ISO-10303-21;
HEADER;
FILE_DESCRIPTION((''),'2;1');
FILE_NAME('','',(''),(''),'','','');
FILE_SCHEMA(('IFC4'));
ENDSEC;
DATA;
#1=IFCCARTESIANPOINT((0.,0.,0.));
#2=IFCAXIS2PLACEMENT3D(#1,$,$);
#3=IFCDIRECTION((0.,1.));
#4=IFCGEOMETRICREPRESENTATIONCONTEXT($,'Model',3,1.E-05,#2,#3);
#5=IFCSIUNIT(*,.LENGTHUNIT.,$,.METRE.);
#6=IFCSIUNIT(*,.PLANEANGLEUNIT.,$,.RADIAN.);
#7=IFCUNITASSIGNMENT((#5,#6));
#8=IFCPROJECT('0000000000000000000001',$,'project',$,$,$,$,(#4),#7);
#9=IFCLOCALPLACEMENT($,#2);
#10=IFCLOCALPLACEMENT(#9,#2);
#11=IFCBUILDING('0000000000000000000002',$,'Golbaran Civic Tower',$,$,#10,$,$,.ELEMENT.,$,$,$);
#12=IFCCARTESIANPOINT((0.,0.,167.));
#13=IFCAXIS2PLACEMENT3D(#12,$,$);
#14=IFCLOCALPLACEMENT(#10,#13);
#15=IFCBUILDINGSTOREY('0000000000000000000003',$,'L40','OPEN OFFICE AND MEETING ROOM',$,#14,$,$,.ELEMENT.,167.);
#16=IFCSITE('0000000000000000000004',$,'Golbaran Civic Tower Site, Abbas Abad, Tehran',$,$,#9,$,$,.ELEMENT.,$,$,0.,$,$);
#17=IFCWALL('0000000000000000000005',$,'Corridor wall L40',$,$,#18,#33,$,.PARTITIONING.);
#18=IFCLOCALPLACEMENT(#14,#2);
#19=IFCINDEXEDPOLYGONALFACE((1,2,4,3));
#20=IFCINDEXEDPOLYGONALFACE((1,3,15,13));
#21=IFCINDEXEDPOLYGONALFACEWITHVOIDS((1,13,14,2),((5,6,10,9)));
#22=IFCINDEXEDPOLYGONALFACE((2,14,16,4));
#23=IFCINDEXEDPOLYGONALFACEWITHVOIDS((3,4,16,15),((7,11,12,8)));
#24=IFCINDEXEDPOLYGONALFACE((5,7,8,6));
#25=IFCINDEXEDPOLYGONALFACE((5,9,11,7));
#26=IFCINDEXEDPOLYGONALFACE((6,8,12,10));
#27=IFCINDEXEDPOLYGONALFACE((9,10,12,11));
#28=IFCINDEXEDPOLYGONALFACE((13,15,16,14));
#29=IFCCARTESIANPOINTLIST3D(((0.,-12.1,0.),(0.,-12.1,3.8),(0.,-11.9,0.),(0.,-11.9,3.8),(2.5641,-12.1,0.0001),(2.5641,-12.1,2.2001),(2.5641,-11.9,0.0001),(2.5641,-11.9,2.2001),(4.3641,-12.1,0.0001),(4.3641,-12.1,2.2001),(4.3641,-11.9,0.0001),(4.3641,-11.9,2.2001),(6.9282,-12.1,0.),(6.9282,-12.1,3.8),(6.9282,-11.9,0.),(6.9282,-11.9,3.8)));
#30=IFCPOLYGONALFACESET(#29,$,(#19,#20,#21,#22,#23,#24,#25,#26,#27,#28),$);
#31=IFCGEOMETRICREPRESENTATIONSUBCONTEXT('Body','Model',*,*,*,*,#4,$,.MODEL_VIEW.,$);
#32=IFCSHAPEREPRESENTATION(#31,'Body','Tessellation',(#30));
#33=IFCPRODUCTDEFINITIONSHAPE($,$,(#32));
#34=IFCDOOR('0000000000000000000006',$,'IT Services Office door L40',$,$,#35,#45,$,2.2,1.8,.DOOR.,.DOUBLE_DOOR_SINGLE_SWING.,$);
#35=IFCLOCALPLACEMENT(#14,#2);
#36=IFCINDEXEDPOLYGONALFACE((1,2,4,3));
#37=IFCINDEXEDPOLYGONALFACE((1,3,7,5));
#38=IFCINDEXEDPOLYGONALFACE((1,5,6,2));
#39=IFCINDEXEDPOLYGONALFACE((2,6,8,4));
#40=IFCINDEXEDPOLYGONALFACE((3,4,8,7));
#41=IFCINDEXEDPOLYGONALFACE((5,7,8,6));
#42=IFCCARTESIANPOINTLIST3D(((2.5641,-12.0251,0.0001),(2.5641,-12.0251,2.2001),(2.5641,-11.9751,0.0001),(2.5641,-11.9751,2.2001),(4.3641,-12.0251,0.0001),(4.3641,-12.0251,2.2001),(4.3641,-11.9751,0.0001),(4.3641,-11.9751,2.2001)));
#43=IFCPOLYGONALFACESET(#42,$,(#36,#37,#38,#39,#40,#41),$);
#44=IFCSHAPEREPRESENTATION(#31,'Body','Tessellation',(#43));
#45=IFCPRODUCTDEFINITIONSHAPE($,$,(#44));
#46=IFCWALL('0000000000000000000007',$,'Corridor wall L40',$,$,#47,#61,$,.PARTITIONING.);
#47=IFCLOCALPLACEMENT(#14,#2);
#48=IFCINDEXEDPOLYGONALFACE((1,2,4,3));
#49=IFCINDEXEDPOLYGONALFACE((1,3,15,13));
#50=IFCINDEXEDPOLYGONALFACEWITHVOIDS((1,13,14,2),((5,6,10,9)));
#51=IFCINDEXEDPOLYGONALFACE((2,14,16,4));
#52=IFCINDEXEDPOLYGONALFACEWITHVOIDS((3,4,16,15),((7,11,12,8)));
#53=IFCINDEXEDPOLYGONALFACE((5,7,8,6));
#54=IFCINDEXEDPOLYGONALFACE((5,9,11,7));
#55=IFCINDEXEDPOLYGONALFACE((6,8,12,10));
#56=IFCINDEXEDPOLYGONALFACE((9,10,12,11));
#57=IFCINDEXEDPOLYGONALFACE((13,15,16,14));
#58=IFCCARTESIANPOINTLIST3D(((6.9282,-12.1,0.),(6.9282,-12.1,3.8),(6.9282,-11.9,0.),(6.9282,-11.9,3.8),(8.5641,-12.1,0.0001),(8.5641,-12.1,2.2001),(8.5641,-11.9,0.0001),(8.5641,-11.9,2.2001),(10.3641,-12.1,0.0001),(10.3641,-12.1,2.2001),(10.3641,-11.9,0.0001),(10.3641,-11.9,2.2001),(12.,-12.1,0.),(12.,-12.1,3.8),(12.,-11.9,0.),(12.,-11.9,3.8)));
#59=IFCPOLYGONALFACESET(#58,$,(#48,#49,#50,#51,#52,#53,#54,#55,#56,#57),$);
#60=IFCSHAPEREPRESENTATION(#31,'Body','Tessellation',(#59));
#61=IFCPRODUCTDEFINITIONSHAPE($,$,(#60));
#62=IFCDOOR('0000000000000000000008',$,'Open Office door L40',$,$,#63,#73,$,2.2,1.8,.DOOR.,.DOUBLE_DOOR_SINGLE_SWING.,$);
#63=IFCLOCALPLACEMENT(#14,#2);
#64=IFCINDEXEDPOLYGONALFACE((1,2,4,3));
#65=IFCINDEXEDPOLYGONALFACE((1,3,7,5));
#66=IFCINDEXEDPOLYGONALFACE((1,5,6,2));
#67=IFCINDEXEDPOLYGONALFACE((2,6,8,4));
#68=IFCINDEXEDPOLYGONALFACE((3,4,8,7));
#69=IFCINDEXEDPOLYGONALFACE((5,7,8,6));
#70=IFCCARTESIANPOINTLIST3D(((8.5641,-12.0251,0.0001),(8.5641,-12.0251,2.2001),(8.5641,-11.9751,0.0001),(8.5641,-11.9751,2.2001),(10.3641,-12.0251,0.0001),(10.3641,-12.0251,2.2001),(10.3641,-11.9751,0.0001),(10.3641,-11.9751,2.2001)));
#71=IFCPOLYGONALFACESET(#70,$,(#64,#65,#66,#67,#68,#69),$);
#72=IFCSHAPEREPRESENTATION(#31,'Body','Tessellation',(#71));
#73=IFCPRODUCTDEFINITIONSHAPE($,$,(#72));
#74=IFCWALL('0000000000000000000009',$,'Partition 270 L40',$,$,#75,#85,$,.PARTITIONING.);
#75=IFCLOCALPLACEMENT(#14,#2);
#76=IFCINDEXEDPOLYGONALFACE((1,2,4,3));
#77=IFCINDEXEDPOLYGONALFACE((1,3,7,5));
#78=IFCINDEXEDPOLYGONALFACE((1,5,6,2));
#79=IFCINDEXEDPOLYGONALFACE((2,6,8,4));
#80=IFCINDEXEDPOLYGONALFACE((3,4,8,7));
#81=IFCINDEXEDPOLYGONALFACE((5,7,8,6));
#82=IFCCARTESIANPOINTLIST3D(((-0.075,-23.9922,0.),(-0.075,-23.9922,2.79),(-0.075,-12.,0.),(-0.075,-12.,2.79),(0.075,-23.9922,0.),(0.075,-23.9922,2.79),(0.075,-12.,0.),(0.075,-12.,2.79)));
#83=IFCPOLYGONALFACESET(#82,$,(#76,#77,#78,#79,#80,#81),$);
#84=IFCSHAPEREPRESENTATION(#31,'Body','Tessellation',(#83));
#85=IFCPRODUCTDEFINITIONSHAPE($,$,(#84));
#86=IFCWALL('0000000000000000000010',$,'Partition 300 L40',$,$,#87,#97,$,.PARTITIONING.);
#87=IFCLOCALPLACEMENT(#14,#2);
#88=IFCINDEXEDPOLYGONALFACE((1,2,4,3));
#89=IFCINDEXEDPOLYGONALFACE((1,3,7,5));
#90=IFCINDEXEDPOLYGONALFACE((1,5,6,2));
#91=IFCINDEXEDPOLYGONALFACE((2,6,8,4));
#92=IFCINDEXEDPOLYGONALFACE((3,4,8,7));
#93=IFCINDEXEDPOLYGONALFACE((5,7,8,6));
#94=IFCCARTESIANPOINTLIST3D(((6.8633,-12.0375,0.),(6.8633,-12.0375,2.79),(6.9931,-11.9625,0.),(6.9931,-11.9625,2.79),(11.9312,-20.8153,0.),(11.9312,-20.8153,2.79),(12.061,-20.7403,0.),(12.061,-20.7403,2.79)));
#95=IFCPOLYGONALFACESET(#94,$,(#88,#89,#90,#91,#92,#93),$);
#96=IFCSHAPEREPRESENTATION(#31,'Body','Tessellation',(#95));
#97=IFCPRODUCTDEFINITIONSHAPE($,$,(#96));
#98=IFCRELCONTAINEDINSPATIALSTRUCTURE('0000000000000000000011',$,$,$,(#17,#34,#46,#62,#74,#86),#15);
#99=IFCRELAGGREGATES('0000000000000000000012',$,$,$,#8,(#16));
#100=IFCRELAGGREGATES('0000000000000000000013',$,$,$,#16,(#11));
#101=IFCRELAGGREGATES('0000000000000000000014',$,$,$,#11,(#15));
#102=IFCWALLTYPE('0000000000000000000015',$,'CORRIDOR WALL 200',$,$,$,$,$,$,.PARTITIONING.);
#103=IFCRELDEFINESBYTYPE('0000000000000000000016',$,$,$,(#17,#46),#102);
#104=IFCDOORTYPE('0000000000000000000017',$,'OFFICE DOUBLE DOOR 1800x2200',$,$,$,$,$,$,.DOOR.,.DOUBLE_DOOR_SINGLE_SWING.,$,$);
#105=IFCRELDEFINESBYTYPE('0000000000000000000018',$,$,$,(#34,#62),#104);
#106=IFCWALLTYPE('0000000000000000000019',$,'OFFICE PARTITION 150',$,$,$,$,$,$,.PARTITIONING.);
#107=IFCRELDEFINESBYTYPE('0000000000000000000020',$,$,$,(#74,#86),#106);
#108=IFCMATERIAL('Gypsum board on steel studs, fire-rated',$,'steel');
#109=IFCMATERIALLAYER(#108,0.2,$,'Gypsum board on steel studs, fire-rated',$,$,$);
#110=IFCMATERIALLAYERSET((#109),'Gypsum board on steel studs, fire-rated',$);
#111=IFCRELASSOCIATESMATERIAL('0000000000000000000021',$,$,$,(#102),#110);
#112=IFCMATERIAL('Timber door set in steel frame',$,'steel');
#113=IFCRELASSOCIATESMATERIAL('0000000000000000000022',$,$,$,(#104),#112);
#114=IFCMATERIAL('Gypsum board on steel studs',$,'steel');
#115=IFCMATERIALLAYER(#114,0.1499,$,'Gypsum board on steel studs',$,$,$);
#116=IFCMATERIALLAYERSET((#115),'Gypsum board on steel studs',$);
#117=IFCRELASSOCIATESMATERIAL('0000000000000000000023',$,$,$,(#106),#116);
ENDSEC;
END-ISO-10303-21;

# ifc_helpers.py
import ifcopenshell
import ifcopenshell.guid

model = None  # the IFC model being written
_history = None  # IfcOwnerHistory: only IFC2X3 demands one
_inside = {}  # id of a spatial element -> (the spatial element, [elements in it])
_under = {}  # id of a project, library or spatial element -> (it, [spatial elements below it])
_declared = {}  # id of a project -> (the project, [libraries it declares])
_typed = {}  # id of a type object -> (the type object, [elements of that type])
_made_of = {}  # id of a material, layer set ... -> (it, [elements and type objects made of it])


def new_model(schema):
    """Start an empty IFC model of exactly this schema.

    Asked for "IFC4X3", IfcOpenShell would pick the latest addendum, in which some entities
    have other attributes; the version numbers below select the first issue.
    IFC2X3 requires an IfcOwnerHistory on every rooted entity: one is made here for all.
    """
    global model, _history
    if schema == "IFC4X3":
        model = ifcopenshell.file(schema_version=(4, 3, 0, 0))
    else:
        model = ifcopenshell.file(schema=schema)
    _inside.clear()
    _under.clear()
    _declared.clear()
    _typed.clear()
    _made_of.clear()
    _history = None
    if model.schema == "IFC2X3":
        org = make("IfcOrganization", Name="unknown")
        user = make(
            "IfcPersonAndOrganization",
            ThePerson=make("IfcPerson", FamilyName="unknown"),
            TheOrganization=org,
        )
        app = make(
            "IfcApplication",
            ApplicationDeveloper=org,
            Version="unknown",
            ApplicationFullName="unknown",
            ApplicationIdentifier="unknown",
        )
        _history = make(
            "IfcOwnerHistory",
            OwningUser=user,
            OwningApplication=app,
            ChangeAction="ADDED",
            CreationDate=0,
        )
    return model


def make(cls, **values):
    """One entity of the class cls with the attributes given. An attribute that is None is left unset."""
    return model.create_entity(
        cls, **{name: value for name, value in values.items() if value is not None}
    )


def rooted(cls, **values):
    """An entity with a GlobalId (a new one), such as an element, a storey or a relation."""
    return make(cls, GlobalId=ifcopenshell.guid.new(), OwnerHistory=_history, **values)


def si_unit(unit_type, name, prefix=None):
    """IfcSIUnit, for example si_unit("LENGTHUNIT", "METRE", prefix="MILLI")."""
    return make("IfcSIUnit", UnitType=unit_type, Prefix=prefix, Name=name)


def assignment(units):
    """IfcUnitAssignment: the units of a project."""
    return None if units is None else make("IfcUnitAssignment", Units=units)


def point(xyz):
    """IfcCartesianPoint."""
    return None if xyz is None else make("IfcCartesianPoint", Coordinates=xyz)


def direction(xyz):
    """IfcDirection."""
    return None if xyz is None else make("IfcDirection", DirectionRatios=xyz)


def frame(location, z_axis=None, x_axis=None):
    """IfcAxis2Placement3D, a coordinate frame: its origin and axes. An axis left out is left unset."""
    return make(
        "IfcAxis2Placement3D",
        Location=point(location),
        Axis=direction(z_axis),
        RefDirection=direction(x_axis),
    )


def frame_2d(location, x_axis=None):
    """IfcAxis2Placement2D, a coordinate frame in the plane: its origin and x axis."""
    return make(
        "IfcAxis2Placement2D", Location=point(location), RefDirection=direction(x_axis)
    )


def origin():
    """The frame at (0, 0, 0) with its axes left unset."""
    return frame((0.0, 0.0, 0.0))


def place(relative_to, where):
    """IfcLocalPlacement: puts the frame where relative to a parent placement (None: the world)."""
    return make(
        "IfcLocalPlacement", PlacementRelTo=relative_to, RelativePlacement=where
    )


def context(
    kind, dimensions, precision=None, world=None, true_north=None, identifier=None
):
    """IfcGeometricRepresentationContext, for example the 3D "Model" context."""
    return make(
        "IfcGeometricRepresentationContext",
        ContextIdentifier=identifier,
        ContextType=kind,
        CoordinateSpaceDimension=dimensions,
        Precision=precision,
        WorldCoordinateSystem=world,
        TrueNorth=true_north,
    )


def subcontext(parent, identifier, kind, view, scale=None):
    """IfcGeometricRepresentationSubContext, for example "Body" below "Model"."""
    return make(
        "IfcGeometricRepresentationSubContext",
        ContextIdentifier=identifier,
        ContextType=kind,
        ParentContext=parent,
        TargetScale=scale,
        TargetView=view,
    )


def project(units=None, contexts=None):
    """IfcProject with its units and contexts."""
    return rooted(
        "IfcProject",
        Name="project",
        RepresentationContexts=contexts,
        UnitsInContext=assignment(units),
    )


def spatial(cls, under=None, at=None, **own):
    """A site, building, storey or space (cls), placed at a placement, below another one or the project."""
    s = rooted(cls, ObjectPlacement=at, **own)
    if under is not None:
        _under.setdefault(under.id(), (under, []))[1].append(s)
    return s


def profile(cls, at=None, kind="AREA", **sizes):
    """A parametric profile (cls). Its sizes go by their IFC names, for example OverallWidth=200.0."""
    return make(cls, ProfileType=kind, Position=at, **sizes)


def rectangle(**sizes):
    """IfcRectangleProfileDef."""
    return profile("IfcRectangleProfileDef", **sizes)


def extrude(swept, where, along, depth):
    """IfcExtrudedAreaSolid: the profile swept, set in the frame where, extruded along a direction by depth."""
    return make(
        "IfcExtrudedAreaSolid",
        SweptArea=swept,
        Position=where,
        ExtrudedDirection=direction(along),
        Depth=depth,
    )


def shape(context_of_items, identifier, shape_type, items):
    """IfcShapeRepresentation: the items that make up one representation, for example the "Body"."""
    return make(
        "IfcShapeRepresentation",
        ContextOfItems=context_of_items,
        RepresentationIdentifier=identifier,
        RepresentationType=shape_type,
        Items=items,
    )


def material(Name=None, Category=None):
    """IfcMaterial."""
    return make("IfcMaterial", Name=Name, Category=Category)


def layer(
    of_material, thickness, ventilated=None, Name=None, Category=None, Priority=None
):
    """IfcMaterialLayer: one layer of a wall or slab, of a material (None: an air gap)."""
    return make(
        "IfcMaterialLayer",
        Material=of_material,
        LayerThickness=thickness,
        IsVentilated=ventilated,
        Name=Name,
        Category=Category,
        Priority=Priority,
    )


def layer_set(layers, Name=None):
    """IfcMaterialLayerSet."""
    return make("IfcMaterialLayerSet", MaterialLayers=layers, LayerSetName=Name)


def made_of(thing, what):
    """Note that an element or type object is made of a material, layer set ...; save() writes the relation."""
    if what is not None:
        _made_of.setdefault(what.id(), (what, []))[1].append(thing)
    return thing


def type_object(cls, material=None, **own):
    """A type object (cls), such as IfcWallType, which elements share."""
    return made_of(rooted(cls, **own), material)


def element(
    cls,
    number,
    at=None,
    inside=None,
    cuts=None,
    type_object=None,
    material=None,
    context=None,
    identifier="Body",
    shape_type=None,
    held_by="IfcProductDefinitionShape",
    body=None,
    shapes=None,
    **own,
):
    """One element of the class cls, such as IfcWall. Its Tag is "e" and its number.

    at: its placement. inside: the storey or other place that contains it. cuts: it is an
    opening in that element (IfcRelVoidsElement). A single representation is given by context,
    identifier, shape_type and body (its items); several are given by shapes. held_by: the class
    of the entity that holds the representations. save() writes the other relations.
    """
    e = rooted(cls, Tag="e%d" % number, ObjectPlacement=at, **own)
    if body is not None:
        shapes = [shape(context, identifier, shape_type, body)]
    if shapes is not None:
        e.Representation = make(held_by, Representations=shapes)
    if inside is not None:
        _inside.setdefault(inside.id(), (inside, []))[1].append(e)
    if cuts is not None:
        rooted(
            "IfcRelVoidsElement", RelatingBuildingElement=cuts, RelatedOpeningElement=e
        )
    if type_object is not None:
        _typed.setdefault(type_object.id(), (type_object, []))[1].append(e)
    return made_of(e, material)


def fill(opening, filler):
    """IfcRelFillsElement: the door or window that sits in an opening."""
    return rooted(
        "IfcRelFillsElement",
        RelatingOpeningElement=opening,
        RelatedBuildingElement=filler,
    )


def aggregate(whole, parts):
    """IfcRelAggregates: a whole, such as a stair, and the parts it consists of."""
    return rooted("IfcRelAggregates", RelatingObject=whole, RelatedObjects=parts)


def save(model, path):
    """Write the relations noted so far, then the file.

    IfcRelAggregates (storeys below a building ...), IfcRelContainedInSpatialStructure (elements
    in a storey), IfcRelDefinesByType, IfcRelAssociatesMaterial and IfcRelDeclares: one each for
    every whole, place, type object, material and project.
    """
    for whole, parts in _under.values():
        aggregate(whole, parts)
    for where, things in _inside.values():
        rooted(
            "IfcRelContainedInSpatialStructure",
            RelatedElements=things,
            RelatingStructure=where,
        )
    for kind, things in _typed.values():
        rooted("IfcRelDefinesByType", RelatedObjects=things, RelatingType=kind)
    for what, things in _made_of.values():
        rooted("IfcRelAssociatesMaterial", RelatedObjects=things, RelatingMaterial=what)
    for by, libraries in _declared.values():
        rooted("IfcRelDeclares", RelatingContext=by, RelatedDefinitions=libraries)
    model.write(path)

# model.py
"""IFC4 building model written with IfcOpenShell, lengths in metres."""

from ifc_helpers import new_model, si_unit, direction, frame, frame_2d, origin, place, context, subcontext, project, spatial, rectangle, extrude, material, layer, layer_set, type_object, element, fill, save


model = new_model("IFC4")

# Units and contexts
model_context = context("Model", 3, precision=1e-05, world=origin(), true_north=direction((0.0, 1.0)))
body_context = subcontext(model_context, "Body", "Model", "MODEL_VIEW")
ifc_project = project(units=[si_unit("LENGTHUNIT", "METRE"), si_unit("PLANEANGLEUNIT", "RADIAN")], contexts=[model_context])

# Site, building, storey
site_placement = place(None, origin())
site = spatial("IfcSite", under=ifc_project, at=site_placement, Name="Golbaran Civic Tower Site, Abbas Abad, Tehran", CompositionType="ELEMENT", RefElevation=0.0)
building_placement = place(site_placement, origin())
building = spatial("IfcBuilding", under=site, at=building_placement, Name="Golbaran Civic Tower", CompositionType="ELEMENT")
storey_placement = place(building_placement, frame((0.0, 0.0, 167.0)))
storey = spatial("IfcBuildingStorey", under=building, at=storey_placement, Name="L40", Description="OPEN OFFICE AND MEETING ROOM", CompositionType="ELEMENT", Elevation=167.0)

# Walls, openings, doors
ifc_material_1 = material(Name="Gypsum board on steel studs, fire-rated", Category="steel")
ifc_layer_1 = layer(ifc_material_1, 0.2, Name="Gypsum board on steel studs, fire-rated")
ifc_layer_set_1 = layer_set([ifc_layer_1], Name="Gypsum board on steel studs, fire-rated")
wall_type_1 = type_object("IfcWallType", Name="CORRIDOR WALL 200", PredefinedType="PARTITIONING", material=ifc_layer_set_1)
wall_1_placement = place(storey_placement, frame((0.0, -12.0, 0.0), z_axis=(0.0, 0.0, 1.0), x_axis=(1.0, 0.0, 0.0)))
wall_1 = element("IfcWall", 1, at=wall_1_placement, inside=storey, type_object=wall_type_1, Name="Corridor wall L40", PredefinedType="PARTITIONING", context=body_context, shape_type="SweptSolid", body=[
    extrude(rectangle(XDim=6.9282, YDim=0.2, at=frame_2d((3.4641, 0.0))), origin(), (0.0, 0.0, 1.0), 3.8),
])
opening_1_placement = place(wall_1_placement, frame((2.5642, 0.0, 0.0)))
opening_1 = element("IfcOpeningElement", 2, at=opening_1_placement, cuts=wall_1, PredefinedType="OPENING", context=body_context, shape_type="SweptSolid", body=[
    extrude(rectangle(XDim=1.8, YDim=2.2, at=frame_2d((0.8999, 1.1001))), frame((0.0, 0.1099, 0.0), z_axis=(0.0, -1.0, 0.0), x_axis=(1.0, 0.0, 0.0)), (0.0, 0.0, 1.0), 0.22),
])
ifc_material_2 = material(Name="Timber door set in steel frame", Category="steel")
door_type = type_object("IfcDoorType", Name="OFFICE DOUBLE DOOR 1800x2200", OperationType="DOUBLE_DOOR_SINGLE_SWING", PredefinedType="DOOR", material=ifc_material_2)
door_1_placement = place(opening_1_placement, origin())
door_1 = element("IfcDoor", 3, at=door_1_placement, inside=storey, type_object=door_type, Name="IT Services Office door L40", OperationType="DOUBLE_DOOR_SINGLE_SWING", OverallHeight=2.2, OverallWidth=1.8, PredefinedType="DOOR", context=body_context, shape_type="SweptSolid", body=[
    extrude(rectangle(XDim=1.8, YDim=2.2, at=frame_2d((0.8999, 1.1001))), frame((0.0, 0.0249, 0.0), z_axis=(0.0, -1.0, 0.0), x_axis=(1.0, 0.0, 0.0)), (0.0, 0.0, 1.0), 0.05),
])
fill(opening_1, door_1)
wall_2_placement = place(storey_placement, frame((6.9282, -12.0, 0.0), z_axis=(0.0, 0.0, 1.0), x_axis=(1.0, 0.0, 0.0)))
wall_2 = element("IfcWall", 4, at=wall_2_placement, inside=storey, type_object=wall_type_1, Name="Corridor wall L40", PredefinedType="PARTITIONING", context=body_context, shape_type="SweptSolid", body=[
    extrude(rectangle(XDim=5.0718, YDim=0.2, at=frame_2d((2.5359, 0.0))), origin(), (0.0, 0.0, 1.0), 3.8),
])
opening_2_placement = place(wall_2_placement, frame((1.636, 0.0, 0.0)))
opening_2 = element("IfcOpeningElement", 5, at=opening_2_placement, cuts=wall_2, PredefinedType="OPENING", context=body_context, shape_type="SweptSolid", body=[
    extrude(rectangle(XDim=1.8, YDim=2.2, at=frame_2d((0.8999, 1.1001))), frame((0.0, 0.1099, 0.0), z_axis=(0.0, -1.0, 0.0), x_axis=(1.0, 0.0, 0.0)), (0.0, 0.0, 1.0), 0.22),
])
door_2_placement = place(opening_2_placement, origin())
door_2 = element("IfcDoor", 6, at=door_2_placement, inside=storey, type_object=door_type, Name="Open Office door L40", OperationType="DOUBLE_DOOR_SINGLE_SWING", OverallHeight=2.2, OverallWidth=1.8, PredefinedType="DOOR", context=body_context, shape_type="SweptSolid", body=[
    extrude(rectangle(XDim=1.8, YDim=2.2, at=frame_2d((0.8999, 1.1001))), frame((0.0, 0.0249, 0.0), z_axis=(0.0, -1.0, 0.0), x_axis=(1.0, 0.0, 0.0)), (0.0, 0.0, 1.0), 0.05),
])
fill(opening_2, door_2)

# Walls
ifc_material_3 = material(Name="Gypsum board on steel studs", Category="steel")
ifc_layer_2 = layer(ifc_material_3, 0.1499, Name="Gypsum board on steel studs")
ifc_layer_set_2 = layer_set([ifc_layer_2], Name="Gypsum board on steel studs")
wall_type_2 = type_object("IfcWallType", Name="OFFICE PARTITION 150", PredefinedType="PARTITIONING", material=ifc_layer_set_2)
wall_3_placement = place(storey_placement, frame((0.0, -12.0, 0.0), z_axis=(0.0, 0.0, 1.0), x_axis=(0.0, -1.0, 0.0)))
element("IfcWall", 7, at=wall_3_placement, inside=storey, type_object=wall_type_2, Name="Partition 270 L40", PredefinedType="PARTITIONING", context=body_context, shape_type="SweptSolid", body=[
    extrude(rectangle(XDim=11.9922, YDim=0.1499, at=frame_2d((5.9961, 0.0))), origin(), (0.0, 0.0, 1.0), 2.79),
])
wall_4_placement = place(storey_placement, frame((6.9282, -12.0, 0.0), z_axis=(0.0, 0.0, 1.0), x_axis=(0.499999, -0.866026, 0.0)))
element("IfcWall", 8, at=wall_4_placement, inside=storey, type_object=wall_type_2, Name="Partition 300 L40", PredefinedType="PARTITIONING", context=body_context, shape_type="SweptSolid", body=[
    extrude(rectangle(XDim=10.1357, YDim=0.1499, at=frame_2d((5.0679, 0.0))), origin(), (0.0, 0.0, 1.0), 2.79),
])

save(model, "model.ifc")
